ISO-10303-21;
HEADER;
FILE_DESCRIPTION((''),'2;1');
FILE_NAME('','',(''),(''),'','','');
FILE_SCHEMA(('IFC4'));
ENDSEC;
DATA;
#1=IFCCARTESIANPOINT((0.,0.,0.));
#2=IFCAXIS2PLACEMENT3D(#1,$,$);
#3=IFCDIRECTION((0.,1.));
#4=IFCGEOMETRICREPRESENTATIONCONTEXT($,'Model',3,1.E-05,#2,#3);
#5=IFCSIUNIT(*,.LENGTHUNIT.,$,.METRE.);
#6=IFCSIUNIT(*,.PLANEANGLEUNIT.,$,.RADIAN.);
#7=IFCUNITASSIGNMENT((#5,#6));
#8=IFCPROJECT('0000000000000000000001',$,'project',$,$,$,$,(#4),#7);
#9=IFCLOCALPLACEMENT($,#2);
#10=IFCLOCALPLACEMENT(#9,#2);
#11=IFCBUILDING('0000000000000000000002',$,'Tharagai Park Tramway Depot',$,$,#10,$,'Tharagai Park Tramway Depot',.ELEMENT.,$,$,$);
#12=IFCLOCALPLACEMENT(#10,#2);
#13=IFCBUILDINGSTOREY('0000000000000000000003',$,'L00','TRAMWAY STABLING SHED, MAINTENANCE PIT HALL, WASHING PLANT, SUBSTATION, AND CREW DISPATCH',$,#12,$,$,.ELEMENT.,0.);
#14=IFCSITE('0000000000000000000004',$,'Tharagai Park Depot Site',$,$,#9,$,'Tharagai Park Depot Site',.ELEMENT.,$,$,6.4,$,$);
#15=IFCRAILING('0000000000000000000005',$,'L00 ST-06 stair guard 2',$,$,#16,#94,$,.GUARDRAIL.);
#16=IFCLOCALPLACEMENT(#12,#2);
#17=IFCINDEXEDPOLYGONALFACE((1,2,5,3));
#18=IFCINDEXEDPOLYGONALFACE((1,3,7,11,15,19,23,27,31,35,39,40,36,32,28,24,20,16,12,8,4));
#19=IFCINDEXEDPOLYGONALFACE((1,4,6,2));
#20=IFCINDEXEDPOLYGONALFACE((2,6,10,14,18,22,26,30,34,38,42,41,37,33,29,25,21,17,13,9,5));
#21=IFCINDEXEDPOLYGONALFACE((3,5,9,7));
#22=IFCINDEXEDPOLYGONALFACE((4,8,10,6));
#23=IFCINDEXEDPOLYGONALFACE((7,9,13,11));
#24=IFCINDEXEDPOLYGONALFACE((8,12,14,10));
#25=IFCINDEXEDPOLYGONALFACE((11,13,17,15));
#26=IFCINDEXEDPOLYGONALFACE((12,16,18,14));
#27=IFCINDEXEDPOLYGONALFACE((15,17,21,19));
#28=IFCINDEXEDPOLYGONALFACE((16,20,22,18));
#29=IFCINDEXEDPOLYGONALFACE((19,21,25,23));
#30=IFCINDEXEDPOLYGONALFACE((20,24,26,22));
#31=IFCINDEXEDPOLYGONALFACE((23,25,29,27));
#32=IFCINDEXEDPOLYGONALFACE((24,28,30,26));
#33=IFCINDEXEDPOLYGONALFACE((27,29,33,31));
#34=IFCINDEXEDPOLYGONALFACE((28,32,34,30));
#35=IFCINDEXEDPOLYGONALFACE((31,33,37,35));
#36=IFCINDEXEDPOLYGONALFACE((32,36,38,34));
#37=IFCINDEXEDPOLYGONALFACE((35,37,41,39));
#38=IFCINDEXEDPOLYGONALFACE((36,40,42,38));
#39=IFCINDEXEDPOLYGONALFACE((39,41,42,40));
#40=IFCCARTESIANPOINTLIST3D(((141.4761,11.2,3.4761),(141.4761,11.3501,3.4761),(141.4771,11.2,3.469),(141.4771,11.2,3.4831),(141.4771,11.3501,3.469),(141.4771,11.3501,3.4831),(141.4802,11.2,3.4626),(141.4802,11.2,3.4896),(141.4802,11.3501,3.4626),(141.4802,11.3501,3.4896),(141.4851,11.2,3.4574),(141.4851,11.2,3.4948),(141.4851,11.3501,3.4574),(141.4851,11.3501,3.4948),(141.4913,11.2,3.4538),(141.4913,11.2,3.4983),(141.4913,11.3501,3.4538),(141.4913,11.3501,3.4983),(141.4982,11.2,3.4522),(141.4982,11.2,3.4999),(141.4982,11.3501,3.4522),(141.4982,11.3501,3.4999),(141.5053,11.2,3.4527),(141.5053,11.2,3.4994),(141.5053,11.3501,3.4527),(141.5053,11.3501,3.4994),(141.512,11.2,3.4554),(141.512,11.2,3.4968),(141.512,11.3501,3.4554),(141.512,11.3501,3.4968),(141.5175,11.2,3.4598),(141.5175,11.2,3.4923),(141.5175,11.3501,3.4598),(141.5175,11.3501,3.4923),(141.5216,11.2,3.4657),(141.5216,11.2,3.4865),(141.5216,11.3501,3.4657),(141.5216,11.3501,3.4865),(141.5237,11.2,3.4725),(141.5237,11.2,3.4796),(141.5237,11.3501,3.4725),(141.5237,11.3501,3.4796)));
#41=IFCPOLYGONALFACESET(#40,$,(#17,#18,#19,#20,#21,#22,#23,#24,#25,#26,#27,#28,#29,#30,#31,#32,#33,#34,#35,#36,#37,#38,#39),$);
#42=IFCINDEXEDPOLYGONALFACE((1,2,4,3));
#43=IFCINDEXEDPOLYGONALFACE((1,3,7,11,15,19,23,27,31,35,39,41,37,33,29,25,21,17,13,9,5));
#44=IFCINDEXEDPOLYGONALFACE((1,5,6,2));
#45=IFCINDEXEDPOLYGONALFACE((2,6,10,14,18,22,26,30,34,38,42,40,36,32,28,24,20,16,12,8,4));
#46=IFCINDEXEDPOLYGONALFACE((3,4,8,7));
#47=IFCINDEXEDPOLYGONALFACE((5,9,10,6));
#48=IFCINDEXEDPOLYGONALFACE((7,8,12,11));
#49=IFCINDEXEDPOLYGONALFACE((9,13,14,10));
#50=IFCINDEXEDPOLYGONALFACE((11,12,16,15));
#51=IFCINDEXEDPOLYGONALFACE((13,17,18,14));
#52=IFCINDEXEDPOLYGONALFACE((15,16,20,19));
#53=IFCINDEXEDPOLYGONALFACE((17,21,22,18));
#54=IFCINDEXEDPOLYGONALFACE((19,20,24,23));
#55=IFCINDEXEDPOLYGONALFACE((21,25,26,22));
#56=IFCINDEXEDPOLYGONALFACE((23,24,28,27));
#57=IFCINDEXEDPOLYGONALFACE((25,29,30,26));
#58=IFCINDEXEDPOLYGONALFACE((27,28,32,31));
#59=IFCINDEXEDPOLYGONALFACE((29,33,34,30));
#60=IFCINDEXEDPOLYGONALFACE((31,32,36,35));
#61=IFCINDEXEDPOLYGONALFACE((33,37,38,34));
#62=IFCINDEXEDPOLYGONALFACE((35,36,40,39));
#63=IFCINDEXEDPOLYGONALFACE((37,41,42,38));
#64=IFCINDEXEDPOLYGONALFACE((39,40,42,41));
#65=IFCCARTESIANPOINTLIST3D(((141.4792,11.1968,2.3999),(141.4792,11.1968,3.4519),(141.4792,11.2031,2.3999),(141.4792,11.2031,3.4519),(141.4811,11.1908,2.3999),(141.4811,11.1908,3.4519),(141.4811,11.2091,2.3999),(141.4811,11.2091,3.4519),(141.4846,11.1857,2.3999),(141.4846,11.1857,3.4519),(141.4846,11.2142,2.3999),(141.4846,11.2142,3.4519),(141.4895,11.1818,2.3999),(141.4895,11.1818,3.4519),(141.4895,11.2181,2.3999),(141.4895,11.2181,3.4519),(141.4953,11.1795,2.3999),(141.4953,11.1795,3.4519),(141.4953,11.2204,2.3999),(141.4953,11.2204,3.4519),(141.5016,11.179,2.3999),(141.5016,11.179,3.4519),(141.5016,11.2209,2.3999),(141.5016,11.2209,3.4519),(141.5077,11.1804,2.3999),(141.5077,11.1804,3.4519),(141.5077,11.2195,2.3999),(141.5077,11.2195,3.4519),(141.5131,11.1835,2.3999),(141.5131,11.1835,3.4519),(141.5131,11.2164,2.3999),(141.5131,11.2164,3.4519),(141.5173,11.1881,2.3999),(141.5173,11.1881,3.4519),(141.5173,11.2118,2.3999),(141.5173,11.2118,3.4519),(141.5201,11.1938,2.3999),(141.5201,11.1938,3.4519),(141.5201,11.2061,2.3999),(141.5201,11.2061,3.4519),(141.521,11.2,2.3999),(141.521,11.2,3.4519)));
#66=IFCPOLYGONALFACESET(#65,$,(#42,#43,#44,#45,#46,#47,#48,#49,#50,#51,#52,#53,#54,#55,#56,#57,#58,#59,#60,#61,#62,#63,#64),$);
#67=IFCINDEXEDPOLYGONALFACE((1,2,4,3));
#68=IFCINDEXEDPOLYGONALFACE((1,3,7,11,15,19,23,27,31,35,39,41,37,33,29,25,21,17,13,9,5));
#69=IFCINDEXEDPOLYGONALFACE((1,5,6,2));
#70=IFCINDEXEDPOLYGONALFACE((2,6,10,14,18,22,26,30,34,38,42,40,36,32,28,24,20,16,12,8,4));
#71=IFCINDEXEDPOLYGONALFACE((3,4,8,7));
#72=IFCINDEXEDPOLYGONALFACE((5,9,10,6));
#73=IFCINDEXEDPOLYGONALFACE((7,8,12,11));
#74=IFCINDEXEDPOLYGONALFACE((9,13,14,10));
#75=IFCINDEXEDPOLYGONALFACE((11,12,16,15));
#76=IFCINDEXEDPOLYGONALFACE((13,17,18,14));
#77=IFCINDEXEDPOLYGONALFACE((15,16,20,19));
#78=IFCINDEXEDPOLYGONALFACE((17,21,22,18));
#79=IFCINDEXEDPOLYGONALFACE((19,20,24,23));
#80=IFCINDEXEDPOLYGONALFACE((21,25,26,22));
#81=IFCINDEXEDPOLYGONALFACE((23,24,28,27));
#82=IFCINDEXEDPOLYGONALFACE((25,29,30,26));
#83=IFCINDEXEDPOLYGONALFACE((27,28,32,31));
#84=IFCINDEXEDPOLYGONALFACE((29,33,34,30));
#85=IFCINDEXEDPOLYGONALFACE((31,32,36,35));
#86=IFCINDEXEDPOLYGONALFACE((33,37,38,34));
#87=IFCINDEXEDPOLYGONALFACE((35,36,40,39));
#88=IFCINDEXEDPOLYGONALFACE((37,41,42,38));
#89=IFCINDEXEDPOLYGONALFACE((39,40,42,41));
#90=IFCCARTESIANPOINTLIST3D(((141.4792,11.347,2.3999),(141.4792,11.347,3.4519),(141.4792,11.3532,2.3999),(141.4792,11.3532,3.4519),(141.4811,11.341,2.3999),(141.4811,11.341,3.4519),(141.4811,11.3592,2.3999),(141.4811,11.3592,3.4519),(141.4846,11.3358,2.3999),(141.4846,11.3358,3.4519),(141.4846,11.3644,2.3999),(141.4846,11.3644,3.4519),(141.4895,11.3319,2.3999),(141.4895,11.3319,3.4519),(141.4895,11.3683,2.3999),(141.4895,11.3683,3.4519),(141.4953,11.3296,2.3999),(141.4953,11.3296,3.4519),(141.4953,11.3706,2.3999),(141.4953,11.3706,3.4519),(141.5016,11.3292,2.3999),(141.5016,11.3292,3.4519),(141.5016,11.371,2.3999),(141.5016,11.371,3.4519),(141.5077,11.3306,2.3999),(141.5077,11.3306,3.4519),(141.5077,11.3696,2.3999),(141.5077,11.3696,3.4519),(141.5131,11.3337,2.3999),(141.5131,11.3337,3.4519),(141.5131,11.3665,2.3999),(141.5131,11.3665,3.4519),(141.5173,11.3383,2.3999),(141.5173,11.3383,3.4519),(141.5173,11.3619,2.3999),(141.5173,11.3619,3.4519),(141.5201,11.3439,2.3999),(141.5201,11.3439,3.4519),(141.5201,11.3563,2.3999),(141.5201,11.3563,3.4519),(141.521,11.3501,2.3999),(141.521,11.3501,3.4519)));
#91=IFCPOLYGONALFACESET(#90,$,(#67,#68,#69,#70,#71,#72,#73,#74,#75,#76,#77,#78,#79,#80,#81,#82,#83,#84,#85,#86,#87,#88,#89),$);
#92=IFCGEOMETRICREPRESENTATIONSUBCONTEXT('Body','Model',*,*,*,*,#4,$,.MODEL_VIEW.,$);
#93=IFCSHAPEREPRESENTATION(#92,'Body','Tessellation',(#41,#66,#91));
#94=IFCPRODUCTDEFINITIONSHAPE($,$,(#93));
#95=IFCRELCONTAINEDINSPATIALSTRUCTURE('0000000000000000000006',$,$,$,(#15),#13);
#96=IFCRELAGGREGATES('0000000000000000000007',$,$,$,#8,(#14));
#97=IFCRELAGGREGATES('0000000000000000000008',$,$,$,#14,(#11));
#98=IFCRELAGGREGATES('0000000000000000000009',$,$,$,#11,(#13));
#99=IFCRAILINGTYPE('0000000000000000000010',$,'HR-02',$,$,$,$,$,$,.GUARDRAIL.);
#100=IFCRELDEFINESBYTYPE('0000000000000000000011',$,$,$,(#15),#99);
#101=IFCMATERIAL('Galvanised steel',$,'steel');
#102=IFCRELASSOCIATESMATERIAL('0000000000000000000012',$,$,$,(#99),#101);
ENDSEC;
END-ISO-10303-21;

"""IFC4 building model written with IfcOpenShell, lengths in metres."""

from ifc_helpers import new_model, si_unit, direction, frame, origin, origin_2d, place, context, subcontext, project, spatial, circle, extrude, material, type_object, element, save


model = new_model("IFC4")

# Units and contexts
model_context = context("Model", 3, precision=1e-05, world=origin(), true_north=direction((0.0, 1.0)))
body_context = subcontext(model_context, "Body", "Model", "MODEL_VIEW")
ifc_project = project(units=[si_unit("LENGTHUNIT", "METRE"), si_unit("PLANEANGLEUNIT", "RADIAN")], contexts=[model_context])

# Site, building, storey
site_placement = place(None, origin())
site = spatial("IfcSite", under=ifc_project, at=site_placement, Name="Tharagai Park Depot Site", LongName="Tharagai Park Depot Site", CompositionType="ELEMENT", RefElevation=6.4)
building_placement = place(site_placement, origin())
building = spatial("IfcBuilding", under=site, at=building_placement, Name="Tharagai Park Tramway Depot", LongName="Tharagai Park Tramway Depot", CompositionType="ELEMENT")
storey_placement = place(building_placement, origin())
storey = spatial("IfcBuildingStorey", under=building, at=storey_placement, Name="L00", Description="TRAMWAY STABLING SHED, MAINTENANCE PIT HALL, WASHING PLANT, SUBSTATION, AND CREW DISPATCH", CompositionType="ELEMENT", Elevation=0.0)

# Railing
ifc_material_1 = material(Name="Galvanised steel", Category="steel")
railing_type_1 = type_object("IfcRailingType", Name="HR-02", PredefinedType="GUARDRAIL", material=ifc_material_1)
railing_1_placement = place(storey_placement, frame((141.5, 11.2, 2.3999)))
element("IfcRailing", 1, at=railing_1_placement, inside=storey, type_object=railing_type_1, Name="L00 ST-06 stair guard 2", PredefinedType="GUARDRAIL", context=body_context, shape_type="SweptSolid", body=[
    extrude(circle(Radius=0.0239, at=origin_2d()), frame((0.0, 0.0, 1.0762), z_axis=(0.0, 1.0, 0.0), x_axis=(-1.0, 0.0, 0.0)), (0.0, 0.0, 1.0), 0.1501),
    extrude(circle(Radius=0.021, at=origin_2d()), origin(), (0.0, 0.0, 1.0), 1.052),
    extrude(circle(Radius=0.021, at=origin_2d()), frame((0.0, 0.1501, 0.0)), (0.0, 0.0, 1.0), 1.052),
])

save(model, "model.ifc")
